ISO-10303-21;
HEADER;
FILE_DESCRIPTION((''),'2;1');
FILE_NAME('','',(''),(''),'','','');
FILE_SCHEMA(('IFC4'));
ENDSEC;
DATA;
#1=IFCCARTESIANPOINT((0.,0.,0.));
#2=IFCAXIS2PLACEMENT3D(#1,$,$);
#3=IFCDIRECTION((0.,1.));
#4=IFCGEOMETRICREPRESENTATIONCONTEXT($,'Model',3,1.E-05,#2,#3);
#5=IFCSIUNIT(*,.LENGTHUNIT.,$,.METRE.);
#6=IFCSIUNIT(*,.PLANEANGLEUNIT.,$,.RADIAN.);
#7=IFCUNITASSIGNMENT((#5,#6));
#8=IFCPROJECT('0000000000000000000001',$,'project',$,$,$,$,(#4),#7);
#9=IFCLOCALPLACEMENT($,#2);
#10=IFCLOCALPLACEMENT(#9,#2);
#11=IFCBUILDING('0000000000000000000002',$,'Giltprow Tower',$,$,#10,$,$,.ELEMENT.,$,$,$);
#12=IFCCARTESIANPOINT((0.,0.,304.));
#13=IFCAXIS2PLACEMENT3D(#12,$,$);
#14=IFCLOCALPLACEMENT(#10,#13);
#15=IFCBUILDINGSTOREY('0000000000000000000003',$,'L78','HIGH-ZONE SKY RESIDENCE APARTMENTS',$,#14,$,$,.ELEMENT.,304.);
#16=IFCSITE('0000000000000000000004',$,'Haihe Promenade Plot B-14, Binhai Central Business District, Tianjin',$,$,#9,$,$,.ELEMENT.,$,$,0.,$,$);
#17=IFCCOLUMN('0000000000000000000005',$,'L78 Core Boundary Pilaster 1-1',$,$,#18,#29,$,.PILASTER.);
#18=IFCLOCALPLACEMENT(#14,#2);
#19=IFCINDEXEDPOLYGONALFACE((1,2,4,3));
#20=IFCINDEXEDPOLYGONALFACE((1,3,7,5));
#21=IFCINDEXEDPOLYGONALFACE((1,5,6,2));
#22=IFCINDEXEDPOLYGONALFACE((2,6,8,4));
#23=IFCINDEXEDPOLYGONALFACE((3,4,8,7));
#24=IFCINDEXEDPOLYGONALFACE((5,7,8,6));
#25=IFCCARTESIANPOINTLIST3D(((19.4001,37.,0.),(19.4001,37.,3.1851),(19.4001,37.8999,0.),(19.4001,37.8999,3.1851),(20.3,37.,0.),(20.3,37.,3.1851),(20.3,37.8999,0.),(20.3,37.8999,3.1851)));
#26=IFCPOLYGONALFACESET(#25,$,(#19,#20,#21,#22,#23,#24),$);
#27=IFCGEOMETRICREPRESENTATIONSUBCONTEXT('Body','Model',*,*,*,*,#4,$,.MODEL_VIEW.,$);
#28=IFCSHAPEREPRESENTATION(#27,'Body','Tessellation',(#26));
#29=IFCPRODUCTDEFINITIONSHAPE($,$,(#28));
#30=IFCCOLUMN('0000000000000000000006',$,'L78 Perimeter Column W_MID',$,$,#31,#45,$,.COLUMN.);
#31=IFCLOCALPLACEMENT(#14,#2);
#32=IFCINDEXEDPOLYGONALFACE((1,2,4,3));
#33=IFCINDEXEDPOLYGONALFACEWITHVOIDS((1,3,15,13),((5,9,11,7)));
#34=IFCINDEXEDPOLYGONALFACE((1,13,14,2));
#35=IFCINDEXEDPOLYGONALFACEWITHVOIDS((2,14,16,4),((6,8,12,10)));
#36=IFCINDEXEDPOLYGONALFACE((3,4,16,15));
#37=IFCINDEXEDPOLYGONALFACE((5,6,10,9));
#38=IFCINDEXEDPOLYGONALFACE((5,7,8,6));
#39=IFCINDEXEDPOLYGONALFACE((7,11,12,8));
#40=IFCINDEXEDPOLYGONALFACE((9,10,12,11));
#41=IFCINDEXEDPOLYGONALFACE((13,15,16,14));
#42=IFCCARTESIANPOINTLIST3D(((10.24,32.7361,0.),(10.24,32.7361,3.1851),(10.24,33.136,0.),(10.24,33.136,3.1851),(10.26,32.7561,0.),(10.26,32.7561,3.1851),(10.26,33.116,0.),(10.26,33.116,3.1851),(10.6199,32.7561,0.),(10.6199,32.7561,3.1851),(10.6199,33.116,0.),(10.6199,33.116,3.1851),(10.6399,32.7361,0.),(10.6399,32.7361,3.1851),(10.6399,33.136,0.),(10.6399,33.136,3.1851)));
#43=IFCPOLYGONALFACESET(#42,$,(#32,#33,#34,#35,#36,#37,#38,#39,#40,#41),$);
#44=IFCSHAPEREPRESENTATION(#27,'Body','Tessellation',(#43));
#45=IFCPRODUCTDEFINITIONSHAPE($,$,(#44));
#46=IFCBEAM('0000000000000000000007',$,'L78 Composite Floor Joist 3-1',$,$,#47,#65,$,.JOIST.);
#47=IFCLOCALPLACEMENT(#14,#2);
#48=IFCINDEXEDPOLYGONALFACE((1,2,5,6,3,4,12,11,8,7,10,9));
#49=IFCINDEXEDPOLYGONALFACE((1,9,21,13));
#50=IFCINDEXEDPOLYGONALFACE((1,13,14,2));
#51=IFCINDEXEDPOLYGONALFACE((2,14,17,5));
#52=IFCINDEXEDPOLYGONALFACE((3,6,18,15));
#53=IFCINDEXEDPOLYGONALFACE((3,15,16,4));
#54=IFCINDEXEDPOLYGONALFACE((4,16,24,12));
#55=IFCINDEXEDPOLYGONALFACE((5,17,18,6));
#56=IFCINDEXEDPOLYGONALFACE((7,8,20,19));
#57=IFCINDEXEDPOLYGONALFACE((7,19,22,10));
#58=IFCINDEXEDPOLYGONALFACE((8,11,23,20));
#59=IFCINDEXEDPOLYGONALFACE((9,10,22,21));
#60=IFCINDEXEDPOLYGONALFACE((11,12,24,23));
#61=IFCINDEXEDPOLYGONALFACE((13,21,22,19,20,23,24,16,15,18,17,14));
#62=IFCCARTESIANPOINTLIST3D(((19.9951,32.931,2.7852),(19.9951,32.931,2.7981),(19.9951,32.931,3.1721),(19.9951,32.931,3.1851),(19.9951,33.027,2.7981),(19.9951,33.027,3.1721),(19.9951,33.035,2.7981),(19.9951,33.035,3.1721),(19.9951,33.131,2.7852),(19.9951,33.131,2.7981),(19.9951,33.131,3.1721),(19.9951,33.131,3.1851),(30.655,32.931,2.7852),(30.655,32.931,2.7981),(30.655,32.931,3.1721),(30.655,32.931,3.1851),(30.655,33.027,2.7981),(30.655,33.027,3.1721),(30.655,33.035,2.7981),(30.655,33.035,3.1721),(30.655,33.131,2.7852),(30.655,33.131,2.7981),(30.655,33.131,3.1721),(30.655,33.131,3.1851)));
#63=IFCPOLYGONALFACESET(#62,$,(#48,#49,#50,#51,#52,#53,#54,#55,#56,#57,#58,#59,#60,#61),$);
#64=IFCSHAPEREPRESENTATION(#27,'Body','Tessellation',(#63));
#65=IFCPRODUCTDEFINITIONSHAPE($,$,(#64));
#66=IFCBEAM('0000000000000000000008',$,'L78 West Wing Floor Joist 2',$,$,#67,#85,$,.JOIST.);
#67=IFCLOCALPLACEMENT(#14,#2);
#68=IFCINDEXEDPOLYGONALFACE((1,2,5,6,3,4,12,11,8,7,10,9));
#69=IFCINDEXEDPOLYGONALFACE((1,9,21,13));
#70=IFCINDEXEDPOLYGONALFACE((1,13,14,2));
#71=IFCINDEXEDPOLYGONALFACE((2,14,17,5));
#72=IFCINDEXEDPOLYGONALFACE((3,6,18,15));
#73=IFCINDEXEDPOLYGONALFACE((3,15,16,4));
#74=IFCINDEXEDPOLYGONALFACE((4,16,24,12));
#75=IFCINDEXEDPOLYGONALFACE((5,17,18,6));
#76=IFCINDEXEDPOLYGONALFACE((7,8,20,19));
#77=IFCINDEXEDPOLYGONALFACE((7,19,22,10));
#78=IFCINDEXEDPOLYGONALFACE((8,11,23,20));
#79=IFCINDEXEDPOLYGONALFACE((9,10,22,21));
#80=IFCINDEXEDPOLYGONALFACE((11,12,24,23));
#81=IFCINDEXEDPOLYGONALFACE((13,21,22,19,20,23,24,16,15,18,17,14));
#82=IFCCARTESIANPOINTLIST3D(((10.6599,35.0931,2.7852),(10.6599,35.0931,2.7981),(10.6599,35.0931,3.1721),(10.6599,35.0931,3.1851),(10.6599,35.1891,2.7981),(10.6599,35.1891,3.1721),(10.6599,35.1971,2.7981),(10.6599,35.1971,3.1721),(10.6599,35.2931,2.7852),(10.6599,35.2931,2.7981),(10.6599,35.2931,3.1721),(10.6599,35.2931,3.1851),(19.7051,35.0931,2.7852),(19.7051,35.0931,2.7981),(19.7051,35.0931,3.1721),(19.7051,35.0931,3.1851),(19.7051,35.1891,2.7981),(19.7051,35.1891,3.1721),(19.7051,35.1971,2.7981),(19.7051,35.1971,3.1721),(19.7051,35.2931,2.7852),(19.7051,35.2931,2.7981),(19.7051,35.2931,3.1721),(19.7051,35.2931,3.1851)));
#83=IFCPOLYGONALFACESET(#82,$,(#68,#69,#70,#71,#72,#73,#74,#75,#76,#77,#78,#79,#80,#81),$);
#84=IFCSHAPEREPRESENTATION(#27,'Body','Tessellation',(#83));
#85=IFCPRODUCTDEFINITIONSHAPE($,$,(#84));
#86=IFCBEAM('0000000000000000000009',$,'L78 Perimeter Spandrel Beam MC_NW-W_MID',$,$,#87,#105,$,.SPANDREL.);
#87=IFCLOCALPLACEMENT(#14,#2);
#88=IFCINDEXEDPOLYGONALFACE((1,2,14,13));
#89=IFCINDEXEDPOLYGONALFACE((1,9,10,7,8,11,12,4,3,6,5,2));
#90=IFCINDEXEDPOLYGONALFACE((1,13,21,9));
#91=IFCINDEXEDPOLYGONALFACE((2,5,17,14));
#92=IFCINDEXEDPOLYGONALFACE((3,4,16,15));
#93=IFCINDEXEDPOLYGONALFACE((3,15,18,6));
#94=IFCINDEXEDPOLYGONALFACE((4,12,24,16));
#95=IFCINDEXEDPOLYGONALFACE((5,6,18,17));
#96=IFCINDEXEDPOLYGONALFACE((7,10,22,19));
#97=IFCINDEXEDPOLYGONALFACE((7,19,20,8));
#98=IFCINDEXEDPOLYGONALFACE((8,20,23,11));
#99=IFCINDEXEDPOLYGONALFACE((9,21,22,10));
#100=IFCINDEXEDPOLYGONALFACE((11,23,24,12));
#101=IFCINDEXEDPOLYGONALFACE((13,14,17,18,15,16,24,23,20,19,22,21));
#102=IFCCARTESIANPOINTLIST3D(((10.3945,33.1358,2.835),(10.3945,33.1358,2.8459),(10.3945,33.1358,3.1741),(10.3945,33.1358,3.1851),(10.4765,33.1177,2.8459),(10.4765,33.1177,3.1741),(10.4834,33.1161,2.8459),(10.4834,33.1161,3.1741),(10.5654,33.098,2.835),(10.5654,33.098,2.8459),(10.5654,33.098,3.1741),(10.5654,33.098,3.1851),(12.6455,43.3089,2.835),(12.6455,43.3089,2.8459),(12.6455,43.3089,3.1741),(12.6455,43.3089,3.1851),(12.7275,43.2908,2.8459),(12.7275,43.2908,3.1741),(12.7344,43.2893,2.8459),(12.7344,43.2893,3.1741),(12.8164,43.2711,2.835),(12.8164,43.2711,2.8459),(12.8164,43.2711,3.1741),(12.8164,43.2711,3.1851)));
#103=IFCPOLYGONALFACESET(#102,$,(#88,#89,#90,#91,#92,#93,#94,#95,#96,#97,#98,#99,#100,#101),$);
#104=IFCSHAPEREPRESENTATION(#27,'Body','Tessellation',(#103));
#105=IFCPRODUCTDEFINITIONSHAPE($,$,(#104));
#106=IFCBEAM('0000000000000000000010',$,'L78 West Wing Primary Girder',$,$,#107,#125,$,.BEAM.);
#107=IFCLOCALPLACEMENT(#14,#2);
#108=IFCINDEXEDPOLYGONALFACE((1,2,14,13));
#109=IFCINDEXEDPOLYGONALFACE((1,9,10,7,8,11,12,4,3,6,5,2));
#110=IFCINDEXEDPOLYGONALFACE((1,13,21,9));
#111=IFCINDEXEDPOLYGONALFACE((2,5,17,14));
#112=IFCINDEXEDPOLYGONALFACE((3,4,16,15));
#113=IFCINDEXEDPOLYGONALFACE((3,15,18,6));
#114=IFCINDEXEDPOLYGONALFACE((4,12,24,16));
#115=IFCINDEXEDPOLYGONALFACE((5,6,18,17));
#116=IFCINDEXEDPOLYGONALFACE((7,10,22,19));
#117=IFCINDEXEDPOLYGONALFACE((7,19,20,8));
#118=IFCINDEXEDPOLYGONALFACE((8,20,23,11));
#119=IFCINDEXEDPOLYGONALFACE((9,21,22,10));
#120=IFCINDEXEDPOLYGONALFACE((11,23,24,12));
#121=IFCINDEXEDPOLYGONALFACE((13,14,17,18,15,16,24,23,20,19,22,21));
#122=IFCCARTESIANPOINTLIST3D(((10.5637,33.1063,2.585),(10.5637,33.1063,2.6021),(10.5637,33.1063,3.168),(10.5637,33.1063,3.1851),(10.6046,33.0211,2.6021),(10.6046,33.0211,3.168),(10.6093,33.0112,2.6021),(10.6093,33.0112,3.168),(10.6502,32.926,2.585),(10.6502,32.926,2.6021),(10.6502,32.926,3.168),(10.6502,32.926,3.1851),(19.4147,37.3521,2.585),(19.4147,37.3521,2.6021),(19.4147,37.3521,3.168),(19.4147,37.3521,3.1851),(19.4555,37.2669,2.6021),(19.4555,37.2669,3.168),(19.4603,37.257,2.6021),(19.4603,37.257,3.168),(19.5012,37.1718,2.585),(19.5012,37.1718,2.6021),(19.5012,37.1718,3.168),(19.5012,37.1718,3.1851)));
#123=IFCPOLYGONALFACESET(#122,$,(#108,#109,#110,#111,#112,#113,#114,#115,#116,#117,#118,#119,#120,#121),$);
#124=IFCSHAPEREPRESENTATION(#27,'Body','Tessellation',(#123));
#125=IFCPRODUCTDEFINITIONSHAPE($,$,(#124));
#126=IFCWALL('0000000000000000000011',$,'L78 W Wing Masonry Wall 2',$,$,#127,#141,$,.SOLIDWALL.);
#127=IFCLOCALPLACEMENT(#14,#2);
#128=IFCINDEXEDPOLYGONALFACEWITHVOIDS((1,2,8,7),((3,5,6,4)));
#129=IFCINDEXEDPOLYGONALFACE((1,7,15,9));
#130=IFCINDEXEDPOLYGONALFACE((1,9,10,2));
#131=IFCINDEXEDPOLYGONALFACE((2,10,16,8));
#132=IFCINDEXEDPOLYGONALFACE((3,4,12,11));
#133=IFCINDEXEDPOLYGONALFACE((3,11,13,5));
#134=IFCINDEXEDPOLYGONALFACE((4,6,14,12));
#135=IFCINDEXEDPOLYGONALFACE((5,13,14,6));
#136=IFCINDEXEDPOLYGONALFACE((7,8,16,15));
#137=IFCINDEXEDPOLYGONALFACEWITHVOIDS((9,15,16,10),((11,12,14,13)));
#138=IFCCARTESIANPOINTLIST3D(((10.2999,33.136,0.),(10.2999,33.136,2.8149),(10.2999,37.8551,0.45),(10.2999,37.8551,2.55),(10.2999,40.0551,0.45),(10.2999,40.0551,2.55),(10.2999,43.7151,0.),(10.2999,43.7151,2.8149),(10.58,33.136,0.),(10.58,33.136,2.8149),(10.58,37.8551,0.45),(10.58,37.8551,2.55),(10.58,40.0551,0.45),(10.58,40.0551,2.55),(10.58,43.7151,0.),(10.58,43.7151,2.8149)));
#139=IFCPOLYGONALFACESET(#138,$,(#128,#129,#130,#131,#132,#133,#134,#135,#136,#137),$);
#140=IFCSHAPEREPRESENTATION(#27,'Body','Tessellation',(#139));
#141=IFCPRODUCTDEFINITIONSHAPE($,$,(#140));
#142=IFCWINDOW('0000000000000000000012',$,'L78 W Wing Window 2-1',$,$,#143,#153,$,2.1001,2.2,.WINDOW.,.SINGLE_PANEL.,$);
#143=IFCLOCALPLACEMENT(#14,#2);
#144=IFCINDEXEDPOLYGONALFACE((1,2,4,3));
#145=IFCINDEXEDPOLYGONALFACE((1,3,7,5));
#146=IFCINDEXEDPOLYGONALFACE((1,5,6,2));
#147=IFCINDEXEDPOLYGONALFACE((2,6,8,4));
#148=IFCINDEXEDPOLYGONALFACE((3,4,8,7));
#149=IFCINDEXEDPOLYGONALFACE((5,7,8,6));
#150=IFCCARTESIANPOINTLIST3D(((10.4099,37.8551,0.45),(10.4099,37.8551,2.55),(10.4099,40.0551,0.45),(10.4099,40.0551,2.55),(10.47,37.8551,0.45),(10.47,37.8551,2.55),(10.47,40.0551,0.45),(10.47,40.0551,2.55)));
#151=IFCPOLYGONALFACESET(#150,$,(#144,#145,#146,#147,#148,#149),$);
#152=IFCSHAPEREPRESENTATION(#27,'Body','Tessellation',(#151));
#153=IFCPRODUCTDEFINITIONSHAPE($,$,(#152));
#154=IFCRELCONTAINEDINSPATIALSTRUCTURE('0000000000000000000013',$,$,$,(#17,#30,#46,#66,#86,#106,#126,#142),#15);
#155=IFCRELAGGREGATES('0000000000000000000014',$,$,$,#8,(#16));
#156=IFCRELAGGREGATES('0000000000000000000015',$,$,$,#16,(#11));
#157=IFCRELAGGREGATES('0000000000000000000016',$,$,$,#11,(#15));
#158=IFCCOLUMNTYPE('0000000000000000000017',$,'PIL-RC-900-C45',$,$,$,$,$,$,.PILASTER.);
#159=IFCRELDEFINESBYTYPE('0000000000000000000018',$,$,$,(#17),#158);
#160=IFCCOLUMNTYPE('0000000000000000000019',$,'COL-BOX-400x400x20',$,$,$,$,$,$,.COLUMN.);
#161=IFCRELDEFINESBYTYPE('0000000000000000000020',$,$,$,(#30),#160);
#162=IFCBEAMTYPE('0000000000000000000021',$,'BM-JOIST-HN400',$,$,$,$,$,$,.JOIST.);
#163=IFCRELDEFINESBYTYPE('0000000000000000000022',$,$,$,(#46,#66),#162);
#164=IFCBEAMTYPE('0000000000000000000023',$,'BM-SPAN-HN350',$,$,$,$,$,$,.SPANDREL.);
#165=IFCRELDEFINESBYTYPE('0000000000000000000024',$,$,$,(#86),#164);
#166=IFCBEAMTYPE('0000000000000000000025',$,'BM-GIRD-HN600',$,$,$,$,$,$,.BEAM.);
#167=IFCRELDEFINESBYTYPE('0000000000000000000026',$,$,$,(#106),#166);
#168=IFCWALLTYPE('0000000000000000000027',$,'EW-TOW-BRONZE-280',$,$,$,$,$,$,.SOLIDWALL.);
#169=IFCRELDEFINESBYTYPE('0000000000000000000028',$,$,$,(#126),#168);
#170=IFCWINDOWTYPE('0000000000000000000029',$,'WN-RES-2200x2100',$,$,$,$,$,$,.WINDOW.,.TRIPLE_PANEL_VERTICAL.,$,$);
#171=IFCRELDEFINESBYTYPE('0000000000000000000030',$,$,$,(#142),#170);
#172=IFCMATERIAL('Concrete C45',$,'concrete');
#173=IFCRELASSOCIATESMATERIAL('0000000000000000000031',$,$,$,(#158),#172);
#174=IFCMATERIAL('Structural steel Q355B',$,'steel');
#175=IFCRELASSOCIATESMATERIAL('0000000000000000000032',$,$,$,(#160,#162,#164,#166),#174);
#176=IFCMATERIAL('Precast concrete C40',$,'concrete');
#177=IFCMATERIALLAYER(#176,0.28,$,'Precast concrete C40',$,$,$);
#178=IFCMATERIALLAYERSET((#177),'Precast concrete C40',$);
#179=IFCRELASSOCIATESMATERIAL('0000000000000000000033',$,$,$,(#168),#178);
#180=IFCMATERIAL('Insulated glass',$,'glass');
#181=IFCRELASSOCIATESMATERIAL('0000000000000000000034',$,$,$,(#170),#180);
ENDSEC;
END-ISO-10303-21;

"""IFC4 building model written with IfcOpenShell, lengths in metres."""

from ifc_helpers import new_model, si_unit, direction, frame, frame_2d, origin, origin_2d, place, context, subcontext, project, spatial, rectangle, hollow_rectangle, i_section, extrude, source, transform, mapped, material, layer, layer_set, material_profile, profile_set, type_object, element, fill, save


model = new_model("IFC4")

# Units and contexts
model_context = context("Model", 3, precision=1e-05, world=origin(), true_north=direction((0.0, 1.0)))
body_context = subcontext(model_context, "Body", "Model", "MODEL_VIEW")
ifc_project = project(units=[si_unit("LENGTHUNIT", "METRE"), si_unit("PLANEANGLEUNIT", "RADIAN")], contexts=[model_context])

# Site, building, storey
site_placement = place(None, origin())
site = spatial("IfcSite", under=ifc_project, at=site_placement, Name="Haihe Promenade Plot B-14, Binhai Central Business District, Tianjin", CompositionType="ELEMENT", RefElevation=0.0)
building_placement = place(site_placement, origin())
building = spatial("IfcBuilding", under=site, at=building_placement, Name="Giltprow Tower", CompositionType="ELEMENT")
storey_placement = place(building_placement, frame((0.0, 0.0, 304.0)))
storey = spatial("IfcBuildingStorey", under=building, at=storey_placement, Name="L78", Description="HIGH-ZONE SKY RESIDENCE APARTMENTS", CompositionType="ELEMENT", Elevation=304.0)

# Columns
ifc_material_1 = material(Name="Concrete C45", Category="concrete")
ifc_material_profile_1 = material_profile(ifc_material_1, rectangle(XDim=0.8999, YDim=0.8999, at=origin_2d()), Name="RC 900x900")
ifc_profile_set_1 = profile_set([ifc_material_profile_1], Name="Concrete C45")
column_type_1 = type_object("IfcColumnType", Name="PIL-RC-900-C45", PredefinedType="PILASTER", material=ifc_profile_set_1)
shared_shape_1 = source(origin(), body_context, "Body", "SweptSolid", [
    extrude(rectangle(XDim=0.8999, YDim=0.8999, at=origin_2d()), origin(), (0.0, 0.0, 1.0), 3.1851),
])
column_1_placement = place(storey_placement, frame((19.8501, 37.45, 0.0), z_axis=(0.0, 0.0, 1.0), x_axis=(1.0, 0.0, 0.0)))
element("IfcColumn", 1, at=column_1_placement, inside=storey, type_object=column_type_1, Name="L78 Core Boundary Pilaster 1-1", PredefinedType="PILASTER", context=body_context, shape_type="MappedRepresentation", body=[
    mapped(shared_shape_1, transform((0.0, 0.0, 0.0), x_axis=(1.0, 0.0, 0.0), y_axis=(0.0, 1.0, 0.0), z_axis=(0.0, 0.0, 1.0), scale=1.0)),
])
ifc_material_2 = material(Name="Structural steel Q355B", Category="steel")
ifc_material_profile_2 = material_profile(ifc_material_2, hollow_rectangle(XDim=0.3999, YDim=0.3999, WallThickness=0.02, at=origin_2d()), Name="BOX 400x400x20")
ifc_profile_set_2 = profile_set([ifc_material_profile_2], Name="Structural steel Q355B")
column_type_2 = type_object("IfcColumnType", Name="COL-BOX-400x400x20", PredefinedType="COLUMN", material=ifc_profile_set_2)
shared_shape_2 = source(origin(), body_context, "Body", "SweptSolid", [
    extrude(hollow_rectangle(XDim=0.3999, YDim=0.3999, WallThickness=0.02, at=origin_2d()), origin(), (0.0, 0.0, 1.0), 3.1851),
])
column_2_placement = place(storey_placement, frame((10.4399, 32.936, 0.0), z_axis=(0.0, 0.0, 1.0), x_axis=(1.0, 0.0, 0.0)))
element("IfcColumn", 2, at=column_2_placement, inside=storey, type_object=column_type_2, Name="L78 Perimeter Column W_MID", PredefinedType="COLUMN", context=body_context, shape_type="MappedRepresentation", body=[
    mapped(shared_shape_2, transform((0.0, 0.0, 0.0), x_axis=(1.0, 0.0, 0.0), y_axis=(0.0, 1.0, 0.0), z_axis=(0.0, 0.0, 1.0), scale=1.0)),
])

# Beams
ifc_material_profile_3 = material_profile(ifc_material_2, i_section(OverallWidth=0.2, OverallDepth=0.3999, WebThickness=0.0081, FlangeThickness=0.0129, at=origin_2d()), Name="HN 400x200x8x13")
ifc_profile_set_3 = profile_set([ifc_material_profile_3], Name="Structural steel Q355B")
beam_type_1 = type_object("IfcBeamType", Name="BM-JOIST-HN400", PredefinedType="JOIST", material=ifc_profile_set_3)
shared_shape_3 = source(origin(), body_context, "Body", "SweptSolid", [
    extrude(i_section(OverallWidth=0.2, OverallDepth=0.3999, WebThickness=0.0081, FlangeThickness=0.0129, at=origin_2d()), origin(), (0.0, 0.0, 1.0), 10.6599),
])
beam_1_placement = place(storey_placement, frame((19.9951, 33.031, 2.9851), z_axis=(1.0, 0.0, 0.0), x_axis=(0.0, 1.0, 0.0)))
element("IfcBeam", 3, at=beam_1_placement, inside=storey, type_object=beam_type_1, Name="L78 Composite Floor Joist 3-1", PredefinedType="JOIST", context=body_context, shape_type="MappedRepresentation", body=[
    mapped(shared_shape_3, transform((0.0, 0.0, 0.0), x_axis=(1.0, 0.0, 0.0), y_axis=(0.0, 1.0, 0.0), z_axis=(0.0, 0.0, 1.0), scale=1.0)),
])
shared_shape_4 = source(origin(), body_context, "Body", "SweptSolid", [
    extrude(i_section(OverallWidth=0.2, OverallDepth=0.3999, WebThickness=0.0081, FlangeThickness=0.0129, at=origin_2d()), origin(), (0.0, 0.0, 1.0), 9.0452),
])
beam_2_placement = place(storey_placement, frame((10.6599, 35.1931, 2.9851), z_axis=(1.0, 0.0, 0.0), x_axis=(0.0, 1.0, 0.0)))
element("IfcBeam", 4, at=beam_2_placement, inside=storey, type_object=beam_type_1, Name="L78 West Wing Floor Joist 2", PredefinedType="JOIST", context=body_context, shape_type="MappedRepresentation", body=[
    mapped(shared_shape_4, transform((0.0, 0.0, 0.0), x_axis=(1.0, 0.0, 0.0), y_axis=(0.0, 1.0, 0.0), z_axis=(0.0, 0.0, 1.0), scale=1.0)),
])
ifc_material_profile_4 = material_profile(ifc_material_2, i_section(OverallWidth=0.175, OverallDepth=0.3501, WebThickness=0.0071, FlangeThickness=0.011, at=origin_2d()), Name="HN 350x175x7x11")
ifc_profile_set_4 = profile_set([ifc_material_profile_4], Name="Structural steel Q355B")
beam_type_2 = type_object("IfcBeamType", Name="BM-SPAN-HN350", PredefinedType="SPANDREL", material=ifc_profile_set_4)
shared_shape_5 = source(origin(), body_context, "Body", "SweptSolid", [
    extrude(i_section(OverallWidth=0.175, OverallDepth=0.3501, WebThickness=0.0071, FlangeThickness=0.011, at=origin_2d()), origin(), (0.0, 0.0, 1.0), 10.4192),
])
beam_3_placement = place(storey_placement, frame((12.731, 43.29, 3.01), z_axis=(-0.216042, -0.976384, 0.0), x_axis=(0.976384, -0.216042, 0.0)))
element("IfcBeam", 5, at=beam_3_placement, inside=storey, type_object=beam_type_2, Name="L78 Perimeter Spandrel Beam MC_NW-W_MID", PredefinedType="SPANDREL", context=body_context, shape_type="MappedRepresentation", body=[
    mapped(shared_shape_5, transform((0.0, 0.0, 0.0), x_axis=(1.0, 0.0, 0.0), y_axis=(0.0, 1.0, 0.0), z_axis=(0.0, 0.0, 1.0), scale=1.0)),
])
ifc_material_profile_5 = material_profile(ifc_material_2, i_section(OverallWidth=0.2, OverallDepth=0.6001, WebThickness=0.011, FlangeThickness=0.0171, at=origin_2d()), Name="HN 600x200x11x17")
ifc_profile_set_5 = profile_set([ifc_material_profile_5], Name="Structural steel Q355B")
beam_type_3 = type_object("IfcBeamType", Name="BM-GIRD-HN600", PredefinedType="BEAM", material=ifc_profile_set_5)
shared_shape_6 = source(origin(), body_context, "Body", "SweptSolid", [
    extrude(i_section(OverallWidth=0.2, OverallDepth=0.6001, WebThickness=0.011, FlangeThickness=0.0171, at=origin_2d()), origin(), (0.0, 0.0, 1.0), 9.8167),
])
beam_4_placement = place(storey_placement, frame((10.6069, 33.0161, 2.885), z_axis=(0.901629, 0.43251, 0.0), x_axis=(-0.43251, 0.901629, 0.0)))
element("IfcBeam", 6, at=beam_4_placement, inside=storey, type_object=beam_type_3, Name="L78 West Wing Primary Girder", PredefinedType="BEAM", context=body_context, shape_type="MappedRepresentation", body=[
    mapped(shared_shape_6, transform((0.0, 0.0, 0.0), x_axis=(1.0, 0.0, 0.0), y_axis=(0.0, 1.0, 0.0), z_axis=(0.0, 0.0, 1.0), scale=1.0)),
])

# Wall, opening, window
ifc_material_3 = material(Name="Precast concrete C40", Category="concrete")
ifc_layer_1 = layer(ifc_material_3, 0.28, Name="Precast concrete C40")
ifc_layer_set_1 = layer_set([ifc_layer_1], Name="Precast concrete C40")
wall_type_1 = type_object("IfcWallType", Name="EW-TOW-BRONZE-280", PredefinedType="SOLIDWALL", material=ifc_layer_set_1)
wall_1_placement = place(storey_placement, frame((10.4399, 33.136, 0.0), z_axis=(0.0, 0.0, 1.0), x_axis=(0.0, 1.0, 0.0)))
wall_1 = element("IfcWall", 7, at=wall_1_placement, inside=storey, type_object=wall_type_1, Name="L78 W Wing Masonry Wall 2", PredefinedType="SOLIDWALL", context=body_context, shape_type="SweptSolid", body=[
    extrude(rectangle(XDim=10.5791, YDim=0.28, at=frame_2d((5.2896, 0.0))), origin(), (0.0, 0.0, 1.0), 2.8149),
])
opening_1_placement = place(wall_1_placement, frame((4.719, 0.0, 0.45)))
opening_1 = element("IfcOpeningElement", 8, at=opening_1_placement, cuts=wall_1, PredefinedType="OPENING", context=body_context, shape_type="SweptSolid", body=[
    extrude(rectangle(XDim=2.2, YDim=2.1001, at=frame_2d((1.1001, 1.05))), frame((0.0, 0.1499, 0.0), z_axis=(0.0, -1.0, 0.0), x_axis=(1.0, 0.0, 0.0)), (0.0, 0.0, 1.0), 0.3),
])
ifc_material_4 = material(Name="Insulated glass", Category="glass")
window_type = type_object("IfcWindowType", Name="WN-RES-2200x2100", PartitioningType="TRIPLE_PANEL_VERTICAL", PredefinedType="WINDOW", material=ifc_material_4)
shared_shape_7 = source(origin(), body_context, "Body", "SweptSolid", [
    extrude(rectangle(XDim=2.2, YDim=2.1001, at=frame_2d((1.1001, 1.05))), frame((0.0, 0.03, 0.0), z_axis=(0.0, -1.0, 0.0), x_axis=(1.0, 0.0, 0.0)), (0.0, 0.0, 1.0), 0.0601),
])
window_placement = place(opening_1_placement, origin())
window = element("IfcWindow", 9, at=window_placement, inside=storey, type_object=window_type, Name="L78 W Wing Window 2-1", OverallHeight=2.1001, OverallWidth=2.2, PartitioningType="SINGLE_PANEL", PredefinedType="WINDOW", context=body_context, shape_type="MappedRepresentation", body=[
    mapped(shared_shape_7, transform((0.0, 0.0, 0.0), x_axis=(1.0, 0.0, 0.0), y_axis=(0.0, 1.0, 0.0), z_axis=(0.0, 0.0, 1.0), scale=1.0)),
])
fill(opening_1, window)

save(model, "model.ifc")
